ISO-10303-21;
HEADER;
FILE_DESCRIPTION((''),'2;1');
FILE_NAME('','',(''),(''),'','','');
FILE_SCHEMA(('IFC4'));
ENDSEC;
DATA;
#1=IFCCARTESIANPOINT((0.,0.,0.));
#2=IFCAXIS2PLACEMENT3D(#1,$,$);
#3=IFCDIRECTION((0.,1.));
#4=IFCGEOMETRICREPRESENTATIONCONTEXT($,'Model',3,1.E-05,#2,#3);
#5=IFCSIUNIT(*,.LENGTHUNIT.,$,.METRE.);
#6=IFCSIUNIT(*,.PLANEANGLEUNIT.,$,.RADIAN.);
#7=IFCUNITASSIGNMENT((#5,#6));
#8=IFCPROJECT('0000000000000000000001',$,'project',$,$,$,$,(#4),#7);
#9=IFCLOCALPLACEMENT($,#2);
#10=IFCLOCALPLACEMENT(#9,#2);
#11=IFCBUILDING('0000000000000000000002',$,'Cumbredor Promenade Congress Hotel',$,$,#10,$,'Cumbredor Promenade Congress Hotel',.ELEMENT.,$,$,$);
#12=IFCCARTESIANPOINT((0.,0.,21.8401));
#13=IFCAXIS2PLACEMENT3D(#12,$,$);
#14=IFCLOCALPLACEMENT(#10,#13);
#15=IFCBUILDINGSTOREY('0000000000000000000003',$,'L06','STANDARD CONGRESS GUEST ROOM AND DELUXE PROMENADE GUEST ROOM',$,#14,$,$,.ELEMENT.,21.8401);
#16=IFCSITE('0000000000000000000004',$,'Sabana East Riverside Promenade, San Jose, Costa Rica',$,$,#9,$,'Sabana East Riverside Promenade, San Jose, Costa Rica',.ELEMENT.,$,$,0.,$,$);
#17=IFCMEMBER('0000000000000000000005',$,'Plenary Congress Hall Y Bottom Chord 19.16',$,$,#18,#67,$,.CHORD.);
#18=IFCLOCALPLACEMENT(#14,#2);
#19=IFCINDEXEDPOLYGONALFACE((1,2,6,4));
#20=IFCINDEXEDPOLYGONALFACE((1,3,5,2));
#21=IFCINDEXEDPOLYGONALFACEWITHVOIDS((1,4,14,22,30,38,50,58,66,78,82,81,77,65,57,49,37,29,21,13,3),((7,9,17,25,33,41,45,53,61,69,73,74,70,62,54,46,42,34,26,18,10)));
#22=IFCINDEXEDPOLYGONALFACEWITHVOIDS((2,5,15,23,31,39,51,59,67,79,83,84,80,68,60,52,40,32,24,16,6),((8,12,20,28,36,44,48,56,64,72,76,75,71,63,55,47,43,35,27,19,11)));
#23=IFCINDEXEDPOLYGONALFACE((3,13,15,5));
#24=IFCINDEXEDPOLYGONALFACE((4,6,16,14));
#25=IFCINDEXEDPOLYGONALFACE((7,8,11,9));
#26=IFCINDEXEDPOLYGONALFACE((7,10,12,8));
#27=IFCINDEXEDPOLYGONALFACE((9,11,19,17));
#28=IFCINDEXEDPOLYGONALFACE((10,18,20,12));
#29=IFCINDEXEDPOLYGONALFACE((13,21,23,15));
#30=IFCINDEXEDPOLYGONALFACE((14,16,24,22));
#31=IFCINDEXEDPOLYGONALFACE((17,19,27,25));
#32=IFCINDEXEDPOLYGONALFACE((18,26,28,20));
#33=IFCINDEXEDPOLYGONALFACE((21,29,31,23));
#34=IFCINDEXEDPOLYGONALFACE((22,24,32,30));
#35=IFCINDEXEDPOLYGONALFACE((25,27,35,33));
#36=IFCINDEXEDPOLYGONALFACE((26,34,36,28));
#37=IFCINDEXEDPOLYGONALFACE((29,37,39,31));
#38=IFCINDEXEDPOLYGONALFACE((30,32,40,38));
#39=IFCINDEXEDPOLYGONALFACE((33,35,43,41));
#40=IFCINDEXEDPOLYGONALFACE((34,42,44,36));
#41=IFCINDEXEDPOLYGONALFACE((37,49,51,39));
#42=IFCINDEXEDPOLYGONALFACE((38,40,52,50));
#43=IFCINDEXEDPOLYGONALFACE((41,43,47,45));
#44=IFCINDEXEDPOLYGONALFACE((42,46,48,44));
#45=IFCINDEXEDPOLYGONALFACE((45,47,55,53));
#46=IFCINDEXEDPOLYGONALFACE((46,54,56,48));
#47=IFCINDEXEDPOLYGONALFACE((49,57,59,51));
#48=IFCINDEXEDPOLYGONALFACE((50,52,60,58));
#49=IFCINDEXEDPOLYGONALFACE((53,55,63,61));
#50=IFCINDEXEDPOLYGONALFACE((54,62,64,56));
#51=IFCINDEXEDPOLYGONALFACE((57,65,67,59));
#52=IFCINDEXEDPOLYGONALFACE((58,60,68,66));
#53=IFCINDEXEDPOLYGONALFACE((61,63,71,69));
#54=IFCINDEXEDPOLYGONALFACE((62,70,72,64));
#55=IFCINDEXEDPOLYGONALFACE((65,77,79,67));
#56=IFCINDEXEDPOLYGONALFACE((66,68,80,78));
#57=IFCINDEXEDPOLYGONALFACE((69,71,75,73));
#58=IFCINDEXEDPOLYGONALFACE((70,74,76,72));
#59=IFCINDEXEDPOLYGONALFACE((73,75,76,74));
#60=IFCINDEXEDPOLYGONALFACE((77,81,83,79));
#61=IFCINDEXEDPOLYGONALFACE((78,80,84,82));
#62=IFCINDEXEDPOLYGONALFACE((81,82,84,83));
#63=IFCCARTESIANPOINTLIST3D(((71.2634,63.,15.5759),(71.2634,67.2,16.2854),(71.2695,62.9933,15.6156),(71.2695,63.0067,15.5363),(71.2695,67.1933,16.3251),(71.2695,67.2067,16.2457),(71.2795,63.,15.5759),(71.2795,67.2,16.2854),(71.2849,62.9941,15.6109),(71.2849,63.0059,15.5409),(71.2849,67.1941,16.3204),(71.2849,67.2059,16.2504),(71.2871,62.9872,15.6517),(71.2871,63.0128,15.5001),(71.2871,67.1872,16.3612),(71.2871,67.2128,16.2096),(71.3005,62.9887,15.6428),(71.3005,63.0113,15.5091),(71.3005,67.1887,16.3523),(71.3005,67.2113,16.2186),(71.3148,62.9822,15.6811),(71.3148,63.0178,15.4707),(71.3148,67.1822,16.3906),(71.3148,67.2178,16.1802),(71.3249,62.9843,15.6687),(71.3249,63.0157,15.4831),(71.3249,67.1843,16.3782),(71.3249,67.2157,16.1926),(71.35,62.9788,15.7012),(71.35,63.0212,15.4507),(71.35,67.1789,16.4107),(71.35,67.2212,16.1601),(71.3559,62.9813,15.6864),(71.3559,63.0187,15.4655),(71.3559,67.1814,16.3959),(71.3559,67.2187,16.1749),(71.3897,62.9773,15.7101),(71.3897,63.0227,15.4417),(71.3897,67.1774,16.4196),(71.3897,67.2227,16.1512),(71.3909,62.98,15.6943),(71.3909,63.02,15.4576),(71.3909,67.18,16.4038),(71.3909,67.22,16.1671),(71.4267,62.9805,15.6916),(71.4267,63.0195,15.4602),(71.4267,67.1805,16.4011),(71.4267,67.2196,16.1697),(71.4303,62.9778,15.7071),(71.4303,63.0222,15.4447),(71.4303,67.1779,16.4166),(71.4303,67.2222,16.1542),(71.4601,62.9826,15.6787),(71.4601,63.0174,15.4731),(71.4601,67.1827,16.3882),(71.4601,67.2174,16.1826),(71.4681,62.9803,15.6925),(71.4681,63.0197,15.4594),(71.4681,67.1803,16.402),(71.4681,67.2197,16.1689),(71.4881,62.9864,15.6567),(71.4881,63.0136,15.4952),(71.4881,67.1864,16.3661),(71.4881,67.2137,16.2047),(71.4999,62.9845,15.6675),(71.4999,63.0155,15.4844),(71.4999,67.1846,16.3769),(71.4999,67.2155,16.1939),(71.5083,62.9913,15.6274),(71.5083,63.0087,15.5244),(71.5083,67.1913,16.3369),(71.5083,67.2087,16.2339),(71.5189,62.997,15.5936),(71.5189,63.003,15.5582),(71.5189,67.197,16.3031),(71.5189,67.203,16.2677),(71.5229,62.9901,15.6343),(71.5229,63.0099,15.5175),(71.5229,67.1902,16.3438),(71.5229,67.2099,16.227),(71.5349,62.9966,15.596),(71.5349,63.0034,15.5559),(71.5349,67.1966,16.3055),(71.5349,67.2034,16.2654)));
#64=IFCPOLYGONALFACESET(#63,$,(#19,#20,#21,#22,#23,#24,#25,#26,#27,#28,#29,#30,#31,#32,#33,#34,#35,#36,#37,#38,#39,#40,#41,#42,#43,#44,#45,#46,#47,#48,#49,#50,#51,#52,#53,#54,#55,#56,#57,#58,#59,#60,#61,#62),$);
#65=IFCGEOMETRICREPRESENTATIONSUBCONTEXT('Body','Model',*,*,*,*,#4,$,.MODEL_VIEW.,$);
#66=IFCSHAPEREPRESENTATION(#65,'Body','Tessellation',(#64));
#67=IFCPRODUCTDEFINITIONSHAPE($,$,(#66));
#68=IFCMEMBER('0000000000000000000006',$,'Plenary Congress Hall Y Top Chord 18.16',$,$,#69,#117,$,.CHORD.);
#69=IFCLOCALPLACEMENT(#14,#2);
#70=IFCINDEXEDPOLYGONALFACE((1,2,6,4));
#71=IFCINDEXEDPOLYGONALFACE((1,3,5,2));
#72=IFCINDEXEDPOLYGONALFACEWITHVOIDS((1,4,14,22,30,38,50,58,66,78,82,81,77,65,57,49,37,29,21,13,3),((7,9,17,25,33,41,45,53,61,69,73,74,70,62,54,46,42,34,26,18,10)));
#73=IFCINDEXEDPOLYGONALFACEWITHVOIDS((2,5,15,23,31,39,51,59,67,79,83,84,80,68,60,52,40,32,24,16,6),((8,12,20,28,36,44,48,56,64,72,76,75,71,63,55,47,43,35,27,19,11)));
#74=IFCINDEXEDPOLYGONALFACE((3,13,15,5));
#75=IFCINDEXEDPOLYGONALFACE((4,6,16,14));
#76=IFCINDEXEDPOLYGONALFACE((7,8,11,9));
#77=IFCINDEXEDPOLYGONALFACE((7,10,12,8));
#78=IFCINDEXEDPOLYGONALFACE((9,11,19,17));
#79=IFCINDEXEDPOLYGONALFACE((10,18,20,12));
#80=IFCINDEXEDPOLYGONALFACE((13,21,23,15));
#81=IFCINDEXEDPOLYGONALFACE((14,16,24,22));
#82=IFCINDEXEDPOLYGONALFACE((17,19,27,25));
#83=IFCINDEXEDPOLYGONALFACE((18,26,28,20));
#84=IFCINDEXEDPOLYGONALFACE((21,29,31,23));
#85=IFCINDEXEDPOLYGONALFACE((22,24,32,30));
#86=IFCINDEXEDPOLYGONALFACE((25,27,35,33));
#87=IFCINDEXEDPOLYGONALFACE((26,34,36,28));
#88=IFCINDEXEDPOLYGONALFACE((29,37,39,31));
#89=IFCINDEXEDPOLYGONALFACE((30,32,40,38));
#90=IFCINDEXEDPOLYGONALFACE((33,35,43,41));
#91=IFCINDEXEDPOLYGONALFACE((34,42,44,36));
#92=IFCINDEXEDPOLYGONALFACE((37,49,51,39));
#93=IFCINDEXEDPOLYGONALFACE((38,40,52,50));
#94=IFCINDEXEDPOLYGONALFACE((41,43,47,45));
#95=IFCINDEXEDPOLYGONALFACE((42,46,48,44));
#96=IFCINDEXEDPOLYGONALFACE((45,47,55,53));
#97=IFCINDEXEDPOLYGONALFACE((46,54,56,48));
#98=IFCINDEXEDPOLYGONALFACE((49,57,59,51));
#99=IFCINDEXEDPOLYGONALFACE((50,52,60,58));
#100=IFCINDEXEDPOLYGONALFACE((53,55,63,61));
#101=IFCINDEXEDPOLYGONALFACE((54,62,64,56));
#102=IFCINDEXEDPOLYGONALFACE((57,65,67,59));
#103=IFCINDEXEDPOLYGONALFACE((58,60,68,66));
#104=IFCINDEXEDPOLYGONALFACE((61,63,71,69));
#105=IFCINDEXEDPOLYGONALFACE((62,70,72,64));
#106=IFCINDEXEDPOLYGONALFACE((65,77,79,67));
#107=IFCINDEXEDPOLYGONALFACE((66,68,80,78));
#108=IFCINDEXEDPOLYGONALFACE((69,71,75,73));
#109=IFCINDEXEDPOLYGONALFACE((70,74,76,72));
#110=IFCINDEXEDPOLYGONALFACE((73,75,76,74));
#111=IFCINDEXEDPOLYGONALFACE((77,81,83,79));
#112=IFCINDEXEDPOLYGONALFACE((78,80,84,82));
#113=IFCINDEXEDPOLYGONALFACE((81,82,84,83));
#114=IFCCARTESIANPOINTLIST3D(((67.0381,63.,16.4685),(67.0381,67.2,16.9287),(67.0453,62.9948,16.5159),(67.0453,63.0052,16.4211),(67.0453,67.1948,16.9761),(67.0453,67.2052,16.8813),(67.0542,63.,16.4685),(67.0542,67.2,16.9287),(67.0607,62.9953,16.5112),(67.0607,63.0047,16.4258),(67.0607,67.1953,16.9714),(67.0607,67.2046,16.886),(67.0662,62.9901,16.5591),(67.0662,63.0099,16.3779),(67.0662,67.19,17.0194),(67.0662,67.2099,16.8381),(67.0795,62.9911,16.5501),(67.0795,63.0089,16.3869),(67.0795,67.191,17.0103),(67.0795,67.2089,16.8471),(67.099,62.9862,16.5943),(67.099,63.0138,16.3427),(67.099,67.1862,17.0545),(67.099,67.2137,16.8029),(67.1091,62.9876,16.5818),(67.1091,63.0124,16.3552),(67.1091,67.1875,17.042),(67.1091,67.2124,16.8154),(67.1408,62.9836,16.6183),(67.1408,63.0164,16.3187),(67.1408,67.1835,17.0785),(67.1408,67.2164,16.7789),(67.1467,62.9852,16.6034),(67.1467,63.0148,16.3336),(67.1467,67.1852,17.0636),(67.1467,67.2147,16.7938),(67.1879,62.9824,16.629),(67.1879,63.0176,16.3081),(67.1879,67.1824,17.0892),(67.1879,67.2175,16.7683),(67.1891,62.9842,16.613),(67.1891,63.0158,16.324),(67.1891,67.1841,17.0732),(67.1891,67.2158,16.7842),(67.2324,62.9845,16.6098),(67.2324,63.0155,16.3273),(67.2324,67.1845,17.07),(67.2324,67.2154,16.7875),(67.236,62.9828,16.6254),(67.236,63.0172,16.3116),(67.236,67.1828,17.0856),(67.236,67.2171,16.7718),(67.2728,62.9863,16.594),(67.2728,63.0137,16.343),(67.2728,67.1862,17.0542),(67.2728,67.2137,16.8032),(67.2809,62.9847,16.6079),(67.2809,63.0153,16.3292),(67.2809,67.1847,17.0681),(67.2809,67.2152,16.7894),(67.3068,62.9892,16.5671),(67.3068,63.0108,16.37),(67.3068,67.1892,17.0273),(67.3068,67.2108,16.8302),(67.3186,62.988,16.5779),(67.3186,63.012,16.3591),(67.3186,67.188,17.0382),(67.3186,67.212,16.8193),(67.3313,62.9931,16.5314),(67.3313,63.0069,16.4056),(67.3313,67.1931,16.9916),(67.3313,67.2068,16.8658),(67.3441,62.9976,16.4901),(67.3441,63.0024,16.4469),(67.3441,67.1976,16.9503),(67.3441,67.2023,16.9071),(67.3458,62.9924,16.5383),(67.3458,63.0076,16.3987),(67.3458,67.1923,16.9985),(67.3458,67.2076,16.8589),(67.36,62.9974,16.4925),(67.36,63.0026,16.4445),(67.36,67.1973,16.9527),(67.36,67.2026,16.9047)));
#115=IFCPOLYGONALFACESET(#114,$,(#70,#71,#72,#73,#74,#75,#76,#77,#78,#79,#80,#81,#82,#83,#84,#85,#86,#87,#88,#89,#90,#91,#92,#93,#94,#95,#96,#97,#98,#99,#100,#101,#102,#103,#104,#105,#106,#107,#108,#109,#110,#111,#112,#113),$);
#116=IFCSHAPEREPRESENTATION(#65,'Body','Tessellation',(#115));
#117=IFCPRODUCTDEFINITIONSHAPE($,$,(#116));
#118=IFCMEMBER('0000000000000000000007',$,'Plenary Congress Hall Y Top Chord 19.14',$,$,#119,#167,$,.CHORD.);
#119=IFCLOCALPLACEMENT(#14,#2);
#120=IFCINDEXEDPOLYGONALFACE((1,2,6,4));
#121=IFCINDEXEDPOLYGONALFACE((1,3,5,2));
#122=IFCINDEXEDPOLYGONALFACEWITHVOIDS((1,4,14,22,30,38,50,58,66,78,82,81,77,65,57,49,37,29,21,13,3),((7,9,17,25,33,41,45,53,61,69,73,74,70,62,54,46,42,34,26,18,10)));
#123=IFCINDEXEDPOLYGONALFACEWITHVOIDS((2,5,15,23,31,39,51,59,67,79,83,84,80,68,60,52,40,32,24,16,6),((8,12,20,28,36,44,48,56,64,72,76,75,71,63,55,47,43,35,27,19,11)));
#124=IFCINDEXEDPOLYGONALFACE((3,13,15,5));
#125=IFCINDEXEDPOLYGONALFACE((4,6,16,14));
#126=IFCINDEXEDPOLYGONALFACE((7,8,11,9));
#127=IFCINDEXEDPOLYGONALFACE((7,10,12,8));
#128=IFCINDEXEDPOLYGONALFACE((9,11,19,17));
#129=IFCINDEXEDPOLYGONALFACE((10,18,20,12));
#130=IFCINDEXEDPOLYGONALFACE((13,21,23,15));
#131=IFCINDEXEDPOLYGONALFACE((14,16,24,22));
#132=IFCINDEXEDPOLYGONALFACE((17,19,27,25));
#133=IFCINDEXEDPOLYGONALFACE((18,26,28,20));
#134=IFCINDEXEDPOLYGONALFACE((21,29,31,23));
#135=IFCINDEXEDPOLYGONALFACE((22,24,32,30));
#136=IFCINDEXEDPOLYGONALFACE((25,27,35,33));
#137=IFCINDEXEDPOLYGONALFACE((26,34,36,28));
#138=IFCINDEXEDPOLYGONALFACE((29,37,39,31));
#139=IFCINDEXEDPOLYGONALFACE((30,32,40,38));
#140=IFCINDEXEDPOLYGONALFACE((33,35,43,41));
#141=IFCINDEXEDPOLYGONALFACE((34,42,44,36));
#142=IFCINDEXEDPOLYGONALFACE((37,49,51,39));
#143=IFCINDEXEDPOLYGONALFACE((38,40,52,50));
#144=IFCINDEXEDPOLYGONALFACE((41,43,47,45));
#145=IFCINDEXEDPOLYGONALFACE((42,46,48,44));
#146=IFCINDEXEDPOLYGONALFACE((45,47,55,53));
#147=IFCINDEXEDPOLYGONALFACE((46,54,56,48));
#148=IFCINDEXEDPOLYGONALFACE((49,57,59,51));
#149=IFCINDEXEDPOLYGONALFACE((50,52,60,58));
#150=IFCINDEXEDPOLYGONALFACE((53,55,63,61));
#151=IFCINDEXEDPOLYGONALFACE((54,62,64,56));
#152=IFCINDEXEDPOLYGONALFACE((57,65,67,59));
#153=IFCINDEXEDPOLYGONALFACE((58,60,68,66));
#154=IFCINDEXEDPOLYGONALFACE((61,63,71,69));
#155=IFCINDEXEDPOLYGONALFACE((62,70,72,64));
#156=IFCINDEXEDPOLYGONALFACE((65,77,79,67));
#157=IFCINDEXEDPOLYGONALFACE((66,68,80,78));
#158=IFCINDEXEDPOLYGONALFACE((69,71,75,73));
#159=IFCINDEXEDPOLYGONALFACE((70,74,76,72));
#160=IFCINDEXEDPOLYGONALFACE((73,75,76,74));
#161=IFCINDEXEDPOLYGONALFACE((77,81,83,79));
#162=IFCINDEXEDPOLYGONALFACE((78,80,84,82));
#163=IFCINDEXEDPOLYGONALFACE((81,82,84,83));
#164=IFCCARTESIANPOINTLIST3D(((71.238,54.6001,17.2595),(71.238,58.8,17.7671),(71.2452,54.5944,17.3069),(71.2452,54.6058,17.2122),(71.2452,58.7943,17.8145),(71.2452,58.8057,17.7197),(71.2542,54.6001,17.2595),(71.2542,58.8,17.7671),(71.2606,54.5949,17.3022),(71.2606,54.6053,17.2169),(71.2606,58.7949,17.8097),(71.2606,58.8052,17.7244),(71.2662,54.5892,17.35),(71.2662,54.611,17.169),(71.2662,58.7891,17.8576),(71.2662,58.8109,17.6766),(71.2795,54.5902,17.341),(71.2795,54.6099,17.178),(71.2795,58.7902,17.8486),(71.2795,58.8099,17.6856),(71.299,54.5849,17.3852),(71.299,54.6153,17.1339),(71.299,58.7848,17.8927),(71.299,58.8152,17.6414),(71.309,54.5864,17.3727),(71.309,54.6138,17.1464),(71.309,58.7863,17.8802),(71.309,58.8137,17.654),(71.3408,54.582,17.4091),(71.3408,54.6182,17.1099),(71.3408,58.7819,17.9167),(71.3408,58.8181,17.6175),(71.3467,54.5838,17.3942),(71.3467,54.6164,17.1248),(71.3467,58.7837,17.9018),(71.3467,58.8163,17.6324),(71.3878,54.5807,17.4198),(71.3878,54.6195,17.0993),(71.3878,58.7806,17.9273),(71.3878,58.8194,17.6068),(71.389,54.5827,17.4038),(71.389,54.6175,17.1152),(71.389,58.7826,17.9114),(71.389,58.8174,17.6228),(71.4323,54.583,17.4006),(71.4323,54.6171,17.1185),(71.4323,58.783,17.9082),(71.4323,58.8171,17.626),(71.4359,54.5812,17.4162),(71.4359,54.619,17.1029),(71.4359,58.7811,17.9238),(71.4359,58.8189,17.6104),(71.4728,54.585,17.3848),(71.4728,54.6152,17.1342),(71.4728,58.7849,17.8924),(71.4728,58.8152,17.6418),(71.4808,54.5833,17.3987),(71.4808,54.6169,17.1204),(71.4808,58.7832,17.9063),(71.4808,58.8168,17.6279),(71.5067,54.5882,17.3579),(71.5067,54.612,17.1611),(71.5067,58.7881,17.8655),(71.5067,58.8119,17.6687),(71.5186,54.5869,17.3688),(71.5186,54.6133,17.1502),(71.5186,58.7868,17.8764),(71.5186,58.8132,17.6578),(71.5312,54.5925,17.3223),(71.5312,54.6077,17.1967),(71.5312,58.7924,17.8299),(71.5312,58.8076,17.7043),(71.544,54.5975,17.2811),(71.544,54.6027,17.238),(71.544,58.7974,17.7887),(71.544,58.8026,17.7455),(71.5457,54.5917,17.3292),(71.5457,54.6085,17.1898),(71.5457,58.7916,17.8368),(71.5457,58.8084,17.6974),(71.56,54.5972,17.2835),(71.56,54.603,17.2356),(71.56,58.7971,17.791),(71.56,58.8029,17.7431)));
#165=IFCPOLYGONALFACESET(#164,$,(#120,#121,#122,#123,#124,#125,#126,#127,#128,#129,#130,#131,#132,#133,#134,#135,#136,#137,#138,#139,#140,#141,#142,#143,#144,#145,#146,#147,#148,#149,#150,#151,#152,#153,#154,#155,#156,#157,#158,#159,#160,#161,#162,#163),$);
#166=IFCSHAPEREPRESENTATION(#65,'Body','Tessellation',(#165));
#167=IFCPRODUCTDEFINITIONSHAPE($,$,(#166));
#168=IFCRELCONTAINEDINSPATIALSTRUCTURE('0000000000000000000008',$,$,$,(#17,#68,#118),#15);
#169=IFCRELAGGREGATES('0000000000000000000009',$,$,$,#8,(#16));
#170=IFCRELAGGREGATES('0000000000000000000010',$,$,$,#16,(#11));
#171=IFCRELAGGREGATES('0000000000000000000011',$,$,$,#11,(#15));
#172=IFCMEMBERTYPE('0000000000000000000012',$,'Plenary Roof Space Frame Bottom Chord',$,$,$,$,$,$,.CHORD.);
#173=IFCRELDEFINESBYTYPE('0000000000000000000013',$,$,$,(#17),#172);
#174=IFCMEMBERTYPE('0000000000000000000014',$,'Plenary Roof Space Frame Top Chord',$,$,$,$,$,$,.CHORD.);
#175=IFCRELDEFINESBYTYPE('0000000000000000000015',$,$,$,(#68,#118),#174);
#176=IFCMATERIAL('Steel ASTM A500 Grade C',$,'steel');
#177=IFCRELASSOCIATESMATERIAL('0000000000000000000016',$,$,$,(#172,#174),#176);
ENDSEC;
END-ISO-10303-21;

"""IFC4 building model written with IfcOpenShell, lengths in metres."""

from ifc_helpers import new_model, si_unit, direction, frame, origin, origin_2d, place, context, subcontext, project, spatial, hollow_circle, extrude, material, material_profile, profile_set, type_object, element, save


model = new_model("IFC4")

# Units and contexts
model_context = context("Model", 3, precision=1e-05, world=origin(), true_north=direction((0.0, 1.0)))
body_context = subcontext(model_context, "Body", "Model", "MODEL_VIEW")
ifc_project = project(units=[si_unit("LENGTHUNIT", "METRE"), si_unit("PLANEANGLEUNIT", "RADIAN")], contexts=[model_context])

# Site, building, storey
site_placement = place(None, origin())
site = spatial("IfcSite", under=ifc_project, at=site_placement, Name="Sabana East Riverside Promenade, San Jose, Costa Rica", LongName="Sabana East Riverside Promenade, San Jose, Costa Rica", CompositionType="ELEMENT", RefElevation=0.0)
building_placement = place(site_placement, origin())
building = spatial("IfcBuilding", under=site, at=building_placement, Name="Cumbredor Promenade Congress Hotel", LongName="Cumbredor Promenade Congress Hotel", CompositionType="ELEMENT")
storey_placement = place(building_placement, frame((0.0, 0.0, 21.8401)))
storey = spatial("IfcBuildingStorey", under=building, at=storey_placement, Name="L06", Description="STANDARD CONGRESS GUEST ROOM AND DELUXE PROMENADE GUEST ROOM", CompositionType="ELEMENT", Elevation=21.8401)

# Members
ifc_material_1 = material(Name="Steel ASTM A500 Grade C", Category="steel")
ifc_material_profile_1 = material_profile(ifc_material_1, hollow_circle(Radius=0.1365, WallThickness=0.0161, at=origin_2d()), Name="CHS 273.0x16")
ifc_profile_set_1 = profile_set([ifc_material_profile_1], Name="Steel ASTM A500 Grade C")
member_type_1 = type_object("IfcMemberType", Name="Plenary Roof Space Frame Bottom Chord", PredefinedType="CHORD", material=ifc_profile_set_1)
member_1_placement = place(storey_placement, frame((71.3999, 63.0, 15.5759), z_axis=(0.0, 0.986031, 0.166564), x_axis=(-1.0, 0.0, 0.0)))
element("IfcMember", 1, at=member_1_placement, inside=storey, type_object=member_type_1, Name="Plenary Congress Hall Y Bottom Chord 19.16", PredefinedType="CHORD", context=body_context, shape_type="SweptSolid", body=[
    extrude(hollow_circle(Radius=0.1365, WallThickness=0.0161, at=origin_2d()), origin(), (0.0, 0.0, 1.0), 4.2595),
])
ifc_material_profile_2 = material_profile(ifc_material_1, hollow_circle(Radius=0.1619, WallThickness=0.0161, at=origin_2d()), Name="CHS 323.9x16")
ifc_profile_set_2 = profile_set([ifc_material_profile_2], Name="Steel ASTM A500 Grade C")
member_type_2 = type_object("IfcMemberType", Name="Plenary Roof Space Frame Top Chord", PredefinedType="CHORD", material=ifc_profile_set_2)
member_2_placement = place(storey_placement, frame((67.2, 63.0, 16.4685), z_axis=(0.0, 0.99405, 0.108922), x_axis=(-1.0, 0.0, 0.0)))
element("IfcMember", 2, at=member_2_placement, inside=storey, type_object=member_type_2, Name="Plenary Congress Hall Y Top Chord 18.16", PredefinedType="CHORD", context=body_context, shape_type="SweptSolid", body=[
    extrude(hollow_circle(Radius=0.1619, WallThickness=0.0161, at=origin_2d()), origin(), (0.0, 0.0, 1.0), 4.2251),
])
member_3_placement = place(storey_placement, frame((71.3999, 54.6001, 17.2595), z_axis=(0.0, 0.992777, 0.119978), x_axis=(-1.0, 0.0, 0.0)))
element("IfcMember", 3, at=member_3_placement, inside=storey, type_object=member_type_2, Name="Plenary Congress Hall Y Top Chord 19.14", PredefinedType="CHORD", context=body_context, shape_type="SweptSolid", body=[
    extrude(hollow_circle(Radius=0.1619, WallThickness=0.0161, at=origin_2d()), origin(), (0.0, 0.0, 1.0), 4.2305),
])

save(model, "model.ifc")
